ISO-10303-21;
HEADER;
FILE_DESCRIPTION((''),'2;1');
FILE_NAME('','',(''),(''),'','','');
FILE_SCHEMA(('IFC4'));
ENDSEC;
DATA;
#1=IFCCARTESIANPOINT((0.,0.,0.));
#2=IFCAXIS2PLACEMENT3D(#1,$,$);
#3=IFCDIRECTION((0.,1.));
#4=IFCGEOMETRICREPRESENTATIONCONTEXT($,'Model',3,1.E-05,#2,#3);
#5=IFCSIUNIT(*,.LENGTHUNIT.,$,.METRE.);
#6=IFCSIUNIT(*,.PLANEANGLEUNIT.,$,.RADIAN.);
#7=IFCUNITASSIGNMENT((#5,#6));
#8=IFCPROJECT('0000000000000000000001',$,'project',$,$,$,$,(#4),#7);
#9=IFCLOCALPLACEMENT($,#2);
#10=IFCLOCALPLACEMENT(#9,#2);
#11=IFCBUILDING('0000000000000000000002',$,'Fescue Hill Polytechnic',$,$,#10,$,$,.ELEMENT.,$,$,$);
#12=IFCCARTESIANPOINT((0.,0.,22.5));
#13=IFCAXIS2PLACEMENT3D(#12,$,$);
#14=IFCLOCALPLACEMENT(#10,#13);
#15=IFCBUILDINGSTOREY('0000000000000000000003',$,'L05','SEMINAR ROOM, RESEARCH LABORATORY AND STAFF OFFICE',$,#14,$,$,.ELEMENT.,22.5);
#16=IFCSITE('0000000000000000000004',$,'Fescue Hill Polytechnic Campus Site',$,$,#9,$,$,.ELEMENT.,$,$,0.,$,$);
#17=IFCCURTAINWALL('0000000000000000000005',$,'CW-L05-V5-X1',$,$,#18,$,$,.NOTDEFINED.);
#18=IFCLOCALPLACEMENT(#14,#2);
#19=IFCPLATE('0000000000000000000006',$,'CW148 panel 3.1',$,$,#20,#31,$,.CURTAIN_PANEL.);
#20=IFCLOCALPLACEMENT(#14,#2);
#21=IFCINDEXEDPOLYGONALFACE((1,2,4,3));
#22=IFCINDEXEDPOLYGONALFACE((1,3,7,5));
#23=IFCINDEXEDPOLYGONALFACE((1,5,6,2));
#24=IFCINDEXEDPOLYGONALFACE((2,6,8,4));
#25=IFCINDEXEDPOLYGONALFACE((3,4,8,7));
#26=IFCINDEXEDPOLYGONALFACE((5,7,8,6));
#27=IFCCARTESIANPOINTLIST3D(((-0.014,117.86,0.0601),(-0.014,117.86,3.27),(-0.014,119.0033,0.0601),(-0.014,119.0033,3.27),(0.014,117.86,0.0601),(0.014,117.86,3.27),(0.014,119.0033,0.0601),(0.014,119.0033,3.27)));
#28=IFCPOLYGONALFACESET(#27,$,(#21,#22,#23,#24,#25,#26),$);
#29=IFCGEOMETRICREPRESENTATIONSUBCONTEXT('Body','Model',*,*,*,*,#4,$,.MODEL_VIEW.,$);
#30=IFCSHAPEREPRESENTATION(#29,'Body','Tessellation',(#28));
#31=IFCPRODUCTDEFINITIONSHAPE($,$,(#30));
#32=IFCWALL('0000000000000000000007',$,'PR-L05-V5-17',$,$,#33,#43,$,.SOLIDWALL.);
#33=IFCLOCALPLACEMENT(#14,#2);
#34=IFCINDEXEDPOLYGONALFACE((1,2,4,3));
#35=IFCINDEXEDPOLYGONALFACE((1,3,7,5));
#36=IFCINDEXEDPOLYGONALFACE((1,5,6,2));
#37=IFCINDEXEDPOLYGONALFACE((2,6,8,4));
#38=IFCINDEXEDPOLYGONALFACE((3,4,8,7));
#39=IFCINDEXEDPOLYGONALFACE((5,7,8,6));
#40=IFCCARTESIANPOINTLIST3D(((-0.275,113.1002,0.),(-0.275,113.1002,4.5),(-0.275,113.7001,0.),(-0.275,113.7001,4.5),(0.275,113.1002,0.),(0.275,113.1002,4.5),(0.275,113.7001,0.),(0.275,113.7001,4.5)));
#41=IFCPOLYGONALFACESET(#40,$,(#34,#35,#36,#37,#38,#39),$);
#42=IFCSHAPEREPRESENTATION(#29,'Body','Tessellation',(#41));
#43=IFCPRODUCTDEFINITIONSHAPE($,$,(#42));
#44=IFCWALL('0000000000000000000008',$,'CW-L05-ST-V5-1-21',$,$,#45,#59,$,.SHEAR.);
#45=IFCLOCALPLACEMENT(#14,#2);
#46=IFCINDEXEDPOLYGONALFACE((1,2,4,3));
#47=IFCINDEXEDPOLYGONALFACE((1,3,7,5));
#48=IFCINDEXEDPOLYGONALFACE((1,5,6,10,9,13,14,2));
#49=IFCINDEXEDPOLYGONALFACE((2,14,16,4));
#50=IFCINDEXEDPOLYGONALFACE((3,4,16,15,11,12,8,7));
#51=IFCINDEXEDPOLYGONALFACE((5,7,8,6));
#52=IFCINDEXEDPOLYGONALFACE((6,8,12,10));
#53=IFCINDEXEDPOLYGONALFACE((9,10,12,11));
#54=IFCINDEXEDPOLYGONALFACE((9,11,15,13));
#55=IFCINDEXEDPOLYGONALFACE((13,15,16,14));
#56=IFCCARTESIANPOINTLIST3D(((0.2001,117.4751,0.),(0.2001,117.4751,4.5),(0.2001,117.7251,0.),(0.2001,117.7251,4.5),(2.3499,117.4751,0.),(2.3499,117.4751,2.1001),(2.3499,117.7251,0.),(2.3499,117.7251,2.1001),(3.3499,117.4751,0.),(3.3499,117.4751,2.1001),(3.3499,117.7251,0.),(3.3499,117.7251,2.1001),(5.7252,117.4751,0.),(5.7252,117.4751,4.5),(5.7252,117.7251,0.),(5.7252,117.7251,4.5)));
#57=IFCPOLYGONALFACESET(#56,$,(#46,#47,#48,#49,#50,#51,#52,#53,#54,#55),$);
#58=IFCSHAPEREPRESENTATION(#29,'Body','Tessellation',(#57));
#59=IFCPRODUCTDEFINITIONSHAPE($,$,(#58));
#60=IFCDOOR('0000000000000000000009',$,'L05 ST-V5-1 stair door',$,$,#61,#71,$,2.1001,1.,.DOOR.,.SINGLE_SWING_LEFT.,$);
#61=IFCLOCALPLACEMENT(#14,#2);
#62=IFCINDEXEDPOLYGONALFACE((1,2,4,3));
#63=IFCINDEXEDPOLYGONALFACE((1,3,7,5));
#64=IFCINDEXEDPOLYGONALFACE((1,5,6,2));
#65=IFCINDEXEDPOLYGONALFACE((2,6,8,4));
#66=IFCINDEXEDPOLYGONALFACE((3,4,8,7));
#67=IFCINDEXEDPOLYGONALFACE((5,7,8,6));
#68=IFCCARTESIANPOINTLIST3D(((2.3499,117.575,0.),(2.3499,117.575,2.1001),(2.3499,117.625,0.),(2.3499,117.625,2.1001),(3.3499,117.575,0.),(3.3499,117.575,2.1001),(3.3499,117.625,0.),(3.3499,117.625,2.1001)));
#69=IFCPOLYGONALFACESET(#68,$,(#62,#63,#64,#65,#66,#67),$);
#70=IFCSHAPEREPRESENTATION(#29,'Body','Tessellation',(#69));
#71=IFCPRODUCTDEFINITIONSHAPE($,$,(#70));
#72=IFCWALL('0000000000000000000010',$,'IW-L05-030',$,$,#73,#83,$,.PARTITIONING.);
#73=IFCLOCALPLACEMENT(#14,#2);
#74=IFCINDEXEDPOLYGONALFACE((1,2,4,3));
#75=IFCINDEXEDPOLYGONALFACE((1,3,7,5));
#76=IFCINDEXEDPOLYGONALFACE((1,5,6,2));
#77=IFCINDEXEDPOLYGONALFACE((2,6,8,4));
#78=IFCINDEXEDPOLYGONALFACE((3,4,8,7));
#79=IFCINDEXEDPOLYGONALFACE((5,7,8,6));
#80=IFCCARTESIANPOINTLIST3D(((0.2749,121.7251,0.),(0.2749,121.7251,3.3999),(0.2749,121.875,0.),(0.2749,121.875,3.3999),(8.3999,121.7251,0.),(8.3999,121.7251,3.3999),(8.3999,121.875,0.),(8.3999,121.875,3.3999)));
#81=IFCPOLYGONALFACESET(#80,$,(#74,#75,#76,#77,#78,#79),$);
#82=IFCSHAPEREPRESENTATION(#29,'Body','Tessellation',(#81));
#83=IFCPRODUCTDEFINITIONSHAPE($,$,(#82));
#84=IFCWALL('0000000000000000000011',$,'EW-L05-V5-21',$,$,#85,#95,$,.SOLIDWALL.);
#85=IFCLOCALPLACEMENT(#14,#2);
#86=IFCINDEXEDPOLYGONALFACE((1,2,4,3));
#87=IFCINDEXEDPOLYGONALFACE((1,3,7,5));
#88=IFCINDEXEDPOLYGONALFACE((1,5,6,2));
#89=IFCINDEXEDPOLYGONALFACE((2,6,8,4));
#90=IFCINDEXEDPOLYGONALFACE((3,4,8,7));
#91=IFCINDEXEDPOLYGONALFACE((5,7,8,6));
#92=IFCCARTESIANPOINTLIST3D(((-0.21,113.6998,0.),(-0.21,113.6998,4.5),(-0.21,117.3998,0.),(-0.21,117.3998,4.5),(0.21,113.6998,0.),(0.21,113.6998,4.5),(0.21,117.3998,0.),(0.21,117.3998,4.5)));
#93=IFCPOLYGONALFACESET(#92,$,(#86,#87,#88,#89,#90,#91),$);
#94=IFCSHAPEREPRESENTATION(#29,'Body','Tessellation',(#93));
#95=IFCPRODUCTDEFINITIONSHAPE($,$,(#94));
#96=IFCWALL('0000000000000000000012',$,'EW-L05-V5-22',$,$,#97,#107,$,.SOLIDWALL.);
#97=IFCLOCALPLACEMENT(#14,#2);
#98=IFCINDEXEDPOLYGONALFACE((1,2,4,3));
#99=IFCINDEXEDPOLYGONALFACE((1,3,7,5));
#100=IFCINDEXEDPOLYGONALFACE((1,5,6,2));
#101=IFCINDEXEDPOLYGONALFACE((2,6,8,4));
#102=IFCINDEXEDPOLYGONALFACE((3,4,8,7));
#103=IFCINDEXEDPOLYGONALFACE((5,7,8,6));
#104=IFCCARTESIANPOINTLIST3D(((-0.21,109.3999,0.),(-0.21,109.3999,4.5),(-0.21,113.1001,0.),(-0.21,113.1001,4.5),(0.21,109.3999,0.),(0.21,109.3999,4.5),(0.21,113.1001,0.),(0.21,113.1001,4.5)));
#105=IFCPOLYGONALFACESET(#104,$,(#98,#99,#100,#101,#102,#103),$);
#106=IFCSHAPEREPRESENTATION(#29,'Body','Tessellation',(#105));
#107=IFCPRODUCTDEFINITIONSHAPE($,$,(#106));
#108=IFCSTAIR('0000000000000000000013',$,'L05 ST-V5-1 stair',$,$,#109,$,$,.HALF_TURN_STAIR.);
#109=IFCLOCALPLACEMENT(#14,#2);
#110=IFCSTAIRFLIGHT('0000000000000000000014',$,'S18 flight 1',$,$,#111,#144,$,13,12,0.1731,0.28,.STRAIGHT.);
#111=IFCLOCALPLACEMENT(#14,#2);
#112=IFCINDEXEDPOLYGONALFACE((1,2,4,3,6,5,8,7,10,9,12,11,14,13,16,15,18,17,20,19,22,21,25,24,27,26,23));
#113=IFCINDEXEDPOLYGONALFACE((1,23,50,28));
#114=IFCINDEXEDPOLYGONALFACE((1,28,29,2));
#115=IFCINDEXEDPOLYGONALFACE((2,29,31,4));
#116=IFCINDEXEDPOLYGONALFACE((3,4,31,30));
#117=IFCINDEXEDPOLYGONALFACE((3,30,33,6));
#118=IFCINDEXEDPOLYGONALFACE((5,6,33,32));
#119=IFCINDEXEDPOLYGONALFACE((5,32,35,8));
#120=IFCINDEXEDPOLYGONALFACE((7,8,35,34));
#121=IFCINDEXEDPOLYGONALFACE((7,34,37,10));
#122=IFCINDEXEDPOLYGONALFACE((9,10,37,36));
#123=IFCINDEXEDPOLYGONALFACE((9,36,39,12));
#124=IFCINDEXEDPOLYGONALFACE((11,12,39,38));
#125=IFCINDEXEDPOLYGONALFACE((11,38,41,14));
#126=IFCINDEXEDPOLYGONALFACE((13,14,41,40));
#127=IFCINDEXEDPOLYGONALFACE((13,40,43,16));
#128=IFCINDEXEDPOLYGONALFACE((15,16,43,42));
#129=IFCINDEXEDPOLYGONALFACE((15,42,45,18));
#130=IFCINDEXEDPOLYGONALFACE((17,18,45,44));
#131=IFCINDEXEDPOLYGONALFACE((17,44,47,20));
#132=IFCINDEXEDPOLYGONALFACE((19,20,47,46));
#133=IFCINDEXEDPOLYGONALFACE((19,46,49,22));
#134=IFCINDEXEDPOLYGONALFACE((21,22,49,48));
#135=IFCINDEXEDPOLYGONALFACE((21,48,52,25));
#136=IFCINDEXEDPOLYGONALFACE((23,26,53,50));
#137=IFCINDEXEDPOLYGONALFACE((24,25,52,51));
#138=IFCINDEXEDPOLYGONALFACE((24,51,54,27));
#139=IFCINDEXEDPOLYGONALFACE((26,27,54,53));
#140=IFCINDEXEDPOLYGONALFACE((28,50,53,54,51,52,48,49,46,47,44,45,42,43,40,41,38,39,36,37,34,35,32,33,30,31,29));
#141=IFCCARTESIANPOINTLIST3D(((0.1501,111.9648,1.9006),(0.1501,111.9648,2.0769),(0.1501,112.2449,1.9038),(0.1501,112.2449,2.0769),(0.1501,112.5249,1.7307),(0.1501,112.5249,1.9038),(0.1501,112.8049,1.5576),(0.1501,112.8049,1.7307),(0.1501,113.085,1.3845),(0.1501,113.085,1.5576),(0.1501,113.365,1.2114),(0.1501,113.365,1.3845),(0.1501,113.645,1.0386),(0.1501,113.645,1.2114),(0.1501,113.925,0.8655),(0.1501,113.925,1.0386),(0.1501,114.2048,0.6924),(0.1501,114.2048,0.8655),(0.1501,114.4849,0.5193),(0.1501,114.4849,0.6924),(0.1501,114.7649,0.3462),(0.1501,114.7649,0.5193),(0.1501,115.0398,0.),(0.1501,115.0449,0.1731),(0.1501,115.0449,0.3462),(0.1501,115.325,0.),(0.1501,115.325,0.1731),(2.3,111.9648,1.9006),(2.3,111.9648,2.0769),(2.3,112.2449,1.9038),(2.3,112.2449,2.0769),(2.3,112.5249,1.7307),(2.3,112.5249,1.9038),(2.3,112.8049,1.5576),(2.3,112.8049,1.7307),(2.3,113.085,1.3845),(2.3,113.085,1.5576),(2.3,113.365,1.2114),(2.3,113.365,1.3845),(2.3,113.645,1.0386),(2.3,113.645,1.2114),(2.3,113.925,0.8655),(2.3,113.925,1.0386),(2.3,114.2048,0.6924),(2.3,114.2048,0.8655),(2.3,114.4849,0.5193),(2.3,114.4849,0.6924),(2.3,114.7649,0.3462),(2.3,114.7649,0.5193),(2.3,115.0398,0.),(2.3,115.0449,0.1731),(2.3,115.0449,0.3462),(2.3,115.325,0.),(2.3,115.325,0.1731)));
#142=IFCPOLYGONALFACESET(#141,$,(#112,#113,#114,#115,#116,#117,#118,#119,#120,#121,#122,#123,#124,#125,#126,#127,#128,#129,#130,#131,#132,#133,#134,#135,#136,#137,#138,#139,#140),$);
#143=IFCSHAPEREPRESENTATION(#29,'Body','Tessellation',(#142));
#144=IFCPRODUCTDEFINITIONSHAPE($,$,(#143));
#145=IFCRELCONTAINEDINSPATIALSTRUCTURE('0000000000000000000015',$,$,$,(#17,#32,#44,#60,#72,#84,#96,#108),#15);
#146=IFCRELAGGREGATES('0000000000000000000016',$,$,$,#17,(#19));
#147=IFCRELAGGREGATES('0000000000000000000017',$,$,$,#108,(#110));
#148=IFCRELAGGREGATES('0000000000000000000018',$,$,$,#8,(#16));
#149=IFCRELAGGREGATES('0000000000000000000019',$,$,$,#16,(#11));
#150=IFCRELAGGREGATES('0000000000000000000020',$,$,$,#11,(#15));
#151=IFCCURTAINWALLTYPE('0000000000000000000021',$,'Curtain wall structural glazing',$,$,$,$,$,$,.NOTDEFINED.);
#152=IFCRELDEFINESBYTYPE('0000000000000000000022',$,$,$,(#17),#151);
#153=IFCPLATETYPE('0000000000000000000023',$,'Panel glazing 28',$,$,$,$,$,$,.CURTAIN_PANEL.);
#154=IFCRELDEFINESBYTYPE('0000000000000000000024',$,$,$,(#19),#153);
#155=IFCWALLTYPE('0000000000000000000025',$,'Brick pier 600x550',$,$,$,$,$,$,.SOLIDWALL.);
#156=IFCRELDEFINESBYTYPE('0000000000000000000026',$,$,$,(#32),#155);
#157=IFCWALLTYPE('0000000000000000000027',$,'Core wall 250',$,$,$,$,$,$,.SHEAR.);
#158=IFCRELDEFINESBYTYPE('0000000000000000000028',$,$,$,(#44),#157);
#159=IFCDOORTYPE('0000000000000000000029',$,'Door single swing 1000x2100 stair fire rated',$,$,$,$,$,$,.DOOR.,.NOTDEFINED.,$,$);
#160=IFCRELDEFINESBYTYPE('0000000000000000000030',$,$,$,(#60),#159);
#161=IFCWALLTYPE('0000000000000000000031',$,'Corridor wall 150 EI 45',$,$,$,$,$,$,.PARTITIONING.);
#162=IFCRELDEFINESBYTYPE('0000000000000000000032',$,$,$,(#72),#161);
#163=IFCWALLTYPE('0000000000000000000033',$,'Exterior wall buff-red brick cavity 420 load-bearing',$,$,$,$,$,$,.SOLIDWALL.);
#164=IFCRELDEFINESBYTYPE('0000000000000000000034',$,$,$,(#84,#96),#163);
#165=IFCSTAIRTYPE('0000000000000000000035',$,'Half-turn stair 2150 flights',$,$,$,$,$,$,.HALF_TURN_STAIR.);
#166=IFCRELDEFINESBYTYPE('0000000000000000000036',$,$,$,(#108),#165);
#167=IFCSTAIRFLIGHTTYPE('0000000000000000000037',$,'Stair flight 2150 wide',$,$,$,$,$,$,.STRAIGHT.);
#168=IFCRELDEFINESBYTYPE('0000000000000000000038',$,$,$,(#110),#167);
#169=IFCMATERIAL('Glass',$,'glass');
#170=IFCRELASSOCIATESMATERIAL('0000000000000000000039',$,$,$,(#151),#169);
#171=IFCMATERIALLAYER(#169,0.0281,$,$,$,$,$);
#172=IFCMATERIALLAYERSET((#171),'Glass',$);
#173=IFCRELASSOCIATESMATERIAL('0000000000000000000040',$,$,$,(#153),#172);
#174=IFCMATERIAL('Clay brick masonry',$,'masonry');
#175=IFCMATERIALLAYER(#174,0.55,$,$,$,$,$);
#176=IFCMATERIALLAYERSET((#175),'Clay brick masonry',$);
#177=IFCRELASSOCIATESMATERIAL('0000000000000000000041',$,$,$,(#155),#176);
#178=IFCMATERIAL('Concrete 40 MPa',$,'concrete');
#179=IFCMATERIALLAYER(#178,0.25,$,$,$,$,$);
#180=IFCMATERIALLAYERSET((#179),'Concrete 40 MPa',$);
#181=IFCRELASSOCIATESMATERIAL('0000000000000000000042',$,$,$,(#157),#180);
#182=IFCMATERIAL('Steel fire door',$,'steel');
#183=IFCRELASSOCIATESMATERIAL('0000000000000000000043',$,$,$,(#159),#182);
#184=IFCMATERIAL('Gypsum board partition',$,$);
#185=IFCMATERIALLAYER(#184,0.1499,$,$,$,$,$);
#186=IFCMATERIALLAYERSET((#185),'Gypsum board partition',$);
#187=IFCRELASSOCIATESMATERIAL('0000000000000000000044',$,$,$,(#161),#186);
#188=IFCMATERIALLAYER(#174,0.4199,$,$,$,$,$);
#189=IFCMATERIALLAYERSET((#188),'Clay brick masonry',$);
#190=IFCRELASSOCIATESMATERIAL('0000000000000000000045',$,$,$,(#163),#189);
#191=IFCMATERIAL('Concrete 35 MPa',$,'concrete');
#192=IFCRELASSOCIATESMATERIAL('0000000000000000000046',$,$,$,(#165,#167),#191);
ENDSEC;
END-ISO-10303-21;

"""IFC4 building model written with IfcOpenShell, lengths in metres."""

from ifc_helpers import new_model, si_unit, direction, frame, frame_2d, origin, origin_2d, place, context, subcontext, project, spatial, polyline, rectangle, outline, extrude, material, layer, layer_set, type_object, element, fill, aggregate, save


model = new_model("IFC4")

# Units and contexts
model_context = context("Model", 3, precision=1e-05, world=origin(), true_north=direction((0.0, 1.0)))
body_context = subcontext(model_context, "Body", "Model", "MODEL_VIEW")
ifc_project = project(units=[si_unit("LENGTHUNIT", "METRE"), si_unit("PLANEANGLEUNIT", "RADIAN")], contexts=[model_context])

# Site, building, storey
site_placement = place(None, origin())
site = spatial("IfcSite", under=ifc_project, at=site_placement, Name="Fescue Hill Polytechnic Campus Site", CompositionType="ELEMENT", RefElevation=0.0)
building_placement = place(site_placement, origin())
building = spatial("IfcBuilding", under=site, at=building_placement, Name="Fescue Hill Polytechnic", CompositionType="ELEMENT")
storey_placement = place(building_placement, frame((0.0, 0.0, 22.5)))
storey = spatial("IfcBuildingStorey", under=building, at=storey_placement, Name="L05", Description="SEMINAR ROOM, RESEARCH LABORATORY AND STAFF OFFICE", CompositionType="ELEMENT", Elevation=22.5)

# Shared definitions
ifc_material_1 = material(Name="Concrete 40 MPa", Category="concrete")

# Shared definitions
ifc_material_2 = material(Name="Concrete 35 MPa", Category="concrete")

# Curtain wall, plate
ifc_material_3 = material(Name="Glass", Category="glass")
curtain_wall_type = type_object("IfcCurtainWallType", Name="Curtain wall structural glazing", PredefinedType="NOTDEFINED", material=ifc_material_3)
curtain_wall_placement = place(storey_placement, origin())
curtain_wall = element("IfcCurtainWall", 1, at=curtain_wall_placement, inside=storey, type_object=curtain_wall_type, Name="CW-L05-V5-X1", PredefinedType="NOTDEFINED")
ifc_layer_1 = layer(ifc_material_3, 0.0281)
ifc_layer_set_1 = layer_set([ifc_layer_1], Name="Glass")
plate_type = type_object("IfcPlateType", Name="Panel glazing 28", PredefinedType="CURTAIN_PANEL", material=ifc_layer_set_1)
plate_1_placement = place(storey_placement, frame((0.0, 118.4316, 0.0601), z_axis=(0.0, 0.0, 1.0), x_axis=(0.0, -1.0, 0.0)))
plate_1 = element("IfcPlate", 2, at=plate_1_placement, type_object=plate_type, Name="CW148 panel 3.1", PredefinedType="CURTAIN_PANEL", context=body_context, shape_type="SweptSolid", body=[
    extrude(rectangle(XDim=1.1433, YDim=0.0281, at=origin_2d()), origin(), (0.0, 0.0, 1.0), 3.21),
])
aggregate(curtain_wall, [plate_1])

# Wall
ifc_material_4 = material(Name="Clay brick masonry", Category="masonry")
ifc_layer_2 = layer(ifc_material_4, 0.55)
ifc_layer_set_2 = layer_set([ifc_layer_2], Name="Clay brick masonry")
wall_type_1 = type_object("IfcWallType", Name="Brick pier 600x550", PredefinedType="SOLIDWALL", material=ifc_layer_set_2)
wall_1_placement = place(storey_placement, frame((0.0, 113.7, 0.0), z_axis=(0.0, 0.0, 1.0), x_axis=(0.0, -1.0, 0.0)))
element("IfcWall", 3, at=wall_1_placement, inside=storey, type_object=wall_type_1, Name="PR-L05-V5-17", PredefinedType="SOLIDWALL", context=body_context, shape_type="SweptSolid", body=[
    extrude(rectangle(XDim=0.5999, YDim=0.55, at=frame_2d((0.2998, 0.0))), origin(), (0.0, 0.0, 1.0), 4.5),
])

# Wall, opening, door
ifc_layer_3 = layer(ifc_material_1, 0.25)
ifc_layer_set_3 = layer_set([ifc_layer_3], Name="Concrete 40 MPa")
wall_type_2 = type_object("IfcWallType", Name="Core wall 250", PredefinedType="SHEAR", material=ifc_layer_set_3)
wall_2_placement = place(storey_placement, frame((0.2, 117.6001, 0.0), z_axis=(0.0, 0.0, 1.0), x_axis=(1.0, 0.0, 0.0)))
wall_2 = element("IfcWall", 4, at=wall_2_placement, inside=storey, type_object=wall_type_2, Name="CW-L05-ST-V5-1-21", PredefinedType="SHEAR", context=body_context, shape_type="SweptSolid", body=[
    extrude(rectangle(XDim=5.5251, YDim=0.25, at=frame_2d((2.7627, 0.0))), origin(), (0.0, 0.0, 1.0), 4.5),
])
opening_placement = place(wall_2_placement, frame((2.1499, 0.0, 0.0)))
opening = element("IfcOpeningElement", 5, at=opening_placement, cuts=wall_2, PredefinedType="OPENING", context=body_context, shape_type="SweptSolid", body=[
    extrude(rectangle(XDim=1.0, YDim=2.1001, at=frame_2d((0.5, 1.05))), frame((0.0, 0.135, 0.0), z_axis=(0.0, -1.0, 0.0), x_axis=(1.0, 0.0, 0.0)), (0.0, 0.0, 1.0), 0.27),
])
ifc_material_5 = material(Name="Steel fire door", Category="steel")
door_type = type_object("IfcDoorType", Name="Door single swing 1000x2100 stair fire rated", OperationType="NOTDEFINED", PredefinedType="DOOR", material=ifc_material_5)
door_placement = place(opening_placement, origin())
door = element("IfcDoor", 6, at=door_placement, inside=storey, type_object=door_type, Name="L05 ST-V5-1 stair door", OperationType="SINGLE_SWING_LEFT", OverallHeight=2.1001, OverallWidth=1.0, PredefinedType="DOOR", context=body_context, shape_type="SweptSolid", body=[
    extrude(rectangle(XDim=1.0, YDim=2.1001, at=frame_2d((0.5, 1.05))), frame((0.0, 0.0249, 0.0), z_axis=(0.0, -1.0, 0.0), x_axis=(1.0, 0.0, 0.0)), (0.0, 0.0, 1.0), 0.05),
])
fill(opening, door)

# Walls
ifc_material_6 = material(Name="Gypsum board partition")
ifc_layer_4 = layer(ifc_material_6, 0.1499)
ifc_layer_set_4 = layer_set([ifc_layer_4], Name="Gypsum board partition")
wall_type_3 = type_object("IfcWallType", Name="Corridor wall 150 EI 45", PredefinedType="PARTITIONING", material=ifc_layer_set_4)
wall_3_placement = place(storey_placement, frame((0.2749, 121.8, 0.0), z_axis=(0.0, 0.0, 1.0), x_axis=(1.0, 0.0, 0.0)))
element("IfcWall", 7, at=wall_3_placement, inside=storey, type_object=wall_type_3, Name="IW-L05-030", PredefinedType="PARTITIONING", context=body_context, shape_type="SweptSolid", body=[
    extrude(rectangle(XDim=8.125, YDim=0.1499, at=frame_2d((4.0625, 0.0))), origin(), (0.0, 0.0, 1.0), 3.3999),
])
ifc_layer_5 = layer(ifc_material_4, 0.4199)
ifc_layer_set_5 = layer_set([ifc_layer_5], Name="Clay brick masonry")
wall_type_4 = type_object("IfcWallType", Name="Exterior wall buff-red brick cavity 420 load-bearing", PredefinedType="SOLIDWALL", material=ifc_layer_set_5)
wall_4_placement = place(storey_placement, frame((0.0, 117.3999, 0.0), z_axis=(0.0, 0.0, 1.0), x_axis=(0.0, -1.0, 0.0)))
element("IfcWall", 8, at=wall_4_placement, inside=storey, type_object=wall_type_4, Name="EW-L05-V5-21", PredefinedType="SOLIDWALL", context=body_context, shape_type="SweptSolid", body=[
    extrude(rectangle(XDim=3.7, YDim=0.4199, at=frame_2d((1.8501, 0.0))), origin(), (0.0, 0.0, 1.0), 4.5),
])
wall_5_placement = place(storey_placement, frame((0.0, 113.1001, 0.0), z_axis=(0.0, 0.0, 1.0), x_axis=(0.0, -1.0, 0.0)))
element("IfcWall", 9, at=wall_5_placement, inside=storey, type_object=wall_type_4, Name="EW-L05-V5-22", PredefinedType="SOLIDWALL", context=body_context, shape_type="SweptSolid", body=[
    extrude(rectangle(XDim=3.7002, YDim=0.4199, at=frame_2d((1.8501, 0.0))), origin(), (0.0, 0.0, 1.0), 4.5),
])

# Stair, stair flight
stair_type = type_object("IfcStairType", Name="Half-turn stair 2150 flights", PredefinedType="HALF_TURN_STAIR", material=ifc_material_2)
stair_placement = place(storey_placement, origin())
stair = element("IfcStair", 10, at=stair_placement, inside=storey, type_object=stair_type, Name="L05 ST-V5-1 stair", PredefinedType="HALF_TURN_STAIR")
stair_flight_type = type_object("IfcStairFlightType", Name="Stair flight 2150 wide", PredefinedType="STRAIGHT", material=ifc_material_2)
stair_flight_placement = place(storey_placement, frame((1.2251, 115.325, 0.0), z_axis=(0.0, 0.0, 1.0), x_axis=(0.0, -1.0, 0.0)))
stair_flight = element("IfcStairFlight", 11, at=stair_flight_placement, type_object=stair_flight_type, Name="S18 flight 1", NumberOfRisers=13, NumberOfTreads=12, PredefinedType="STRAIGHT", RiserHeight=0.1731, TreadLength=0.28, context=body_context, shape_type="SweptSolid", body=[
    extrude(outline(polyline([(0.0, 0.0), (0.0, 0.1731), (0.28, 0.1731), (0.28, 0.3462), (0.5601, 0.3462), (0.5601, 0.5193), (0.8401, 0.5193), (0.8401, 0.6924), (1.1201, 0.6924), (1.1201, 0.8655), (1.3999, 0.8655), (1.3999, 1.0386), (1.6799, 1.0386), (1.6799, 1.2114), (1.96, 1.2114), (1.96, 1.3845), (2.24, 1.3845), (2.24, 1.5576), (2.52, 1.5576), (2.52, 1.7307), (2.8, 1.7307), (2.8, 1.9038), (3.0801, 1.9038), (3.0801, 2.0769), (3.3601, 2.0769), (3.3601, 2.25), (3.3601, 1.9006), (0.2852, 0.0), (0.0, 0.0)])), frame((0.0, 1.075, 0.0), z_axis=(0.0, -1.0, 0.0), x_axis=(1.0, 0.0, 0.0)), (0.0, 0.0, 1.0), 2.1499),
])
aggregate(stair, [stair_flight])

save(model, "model.ifc")
